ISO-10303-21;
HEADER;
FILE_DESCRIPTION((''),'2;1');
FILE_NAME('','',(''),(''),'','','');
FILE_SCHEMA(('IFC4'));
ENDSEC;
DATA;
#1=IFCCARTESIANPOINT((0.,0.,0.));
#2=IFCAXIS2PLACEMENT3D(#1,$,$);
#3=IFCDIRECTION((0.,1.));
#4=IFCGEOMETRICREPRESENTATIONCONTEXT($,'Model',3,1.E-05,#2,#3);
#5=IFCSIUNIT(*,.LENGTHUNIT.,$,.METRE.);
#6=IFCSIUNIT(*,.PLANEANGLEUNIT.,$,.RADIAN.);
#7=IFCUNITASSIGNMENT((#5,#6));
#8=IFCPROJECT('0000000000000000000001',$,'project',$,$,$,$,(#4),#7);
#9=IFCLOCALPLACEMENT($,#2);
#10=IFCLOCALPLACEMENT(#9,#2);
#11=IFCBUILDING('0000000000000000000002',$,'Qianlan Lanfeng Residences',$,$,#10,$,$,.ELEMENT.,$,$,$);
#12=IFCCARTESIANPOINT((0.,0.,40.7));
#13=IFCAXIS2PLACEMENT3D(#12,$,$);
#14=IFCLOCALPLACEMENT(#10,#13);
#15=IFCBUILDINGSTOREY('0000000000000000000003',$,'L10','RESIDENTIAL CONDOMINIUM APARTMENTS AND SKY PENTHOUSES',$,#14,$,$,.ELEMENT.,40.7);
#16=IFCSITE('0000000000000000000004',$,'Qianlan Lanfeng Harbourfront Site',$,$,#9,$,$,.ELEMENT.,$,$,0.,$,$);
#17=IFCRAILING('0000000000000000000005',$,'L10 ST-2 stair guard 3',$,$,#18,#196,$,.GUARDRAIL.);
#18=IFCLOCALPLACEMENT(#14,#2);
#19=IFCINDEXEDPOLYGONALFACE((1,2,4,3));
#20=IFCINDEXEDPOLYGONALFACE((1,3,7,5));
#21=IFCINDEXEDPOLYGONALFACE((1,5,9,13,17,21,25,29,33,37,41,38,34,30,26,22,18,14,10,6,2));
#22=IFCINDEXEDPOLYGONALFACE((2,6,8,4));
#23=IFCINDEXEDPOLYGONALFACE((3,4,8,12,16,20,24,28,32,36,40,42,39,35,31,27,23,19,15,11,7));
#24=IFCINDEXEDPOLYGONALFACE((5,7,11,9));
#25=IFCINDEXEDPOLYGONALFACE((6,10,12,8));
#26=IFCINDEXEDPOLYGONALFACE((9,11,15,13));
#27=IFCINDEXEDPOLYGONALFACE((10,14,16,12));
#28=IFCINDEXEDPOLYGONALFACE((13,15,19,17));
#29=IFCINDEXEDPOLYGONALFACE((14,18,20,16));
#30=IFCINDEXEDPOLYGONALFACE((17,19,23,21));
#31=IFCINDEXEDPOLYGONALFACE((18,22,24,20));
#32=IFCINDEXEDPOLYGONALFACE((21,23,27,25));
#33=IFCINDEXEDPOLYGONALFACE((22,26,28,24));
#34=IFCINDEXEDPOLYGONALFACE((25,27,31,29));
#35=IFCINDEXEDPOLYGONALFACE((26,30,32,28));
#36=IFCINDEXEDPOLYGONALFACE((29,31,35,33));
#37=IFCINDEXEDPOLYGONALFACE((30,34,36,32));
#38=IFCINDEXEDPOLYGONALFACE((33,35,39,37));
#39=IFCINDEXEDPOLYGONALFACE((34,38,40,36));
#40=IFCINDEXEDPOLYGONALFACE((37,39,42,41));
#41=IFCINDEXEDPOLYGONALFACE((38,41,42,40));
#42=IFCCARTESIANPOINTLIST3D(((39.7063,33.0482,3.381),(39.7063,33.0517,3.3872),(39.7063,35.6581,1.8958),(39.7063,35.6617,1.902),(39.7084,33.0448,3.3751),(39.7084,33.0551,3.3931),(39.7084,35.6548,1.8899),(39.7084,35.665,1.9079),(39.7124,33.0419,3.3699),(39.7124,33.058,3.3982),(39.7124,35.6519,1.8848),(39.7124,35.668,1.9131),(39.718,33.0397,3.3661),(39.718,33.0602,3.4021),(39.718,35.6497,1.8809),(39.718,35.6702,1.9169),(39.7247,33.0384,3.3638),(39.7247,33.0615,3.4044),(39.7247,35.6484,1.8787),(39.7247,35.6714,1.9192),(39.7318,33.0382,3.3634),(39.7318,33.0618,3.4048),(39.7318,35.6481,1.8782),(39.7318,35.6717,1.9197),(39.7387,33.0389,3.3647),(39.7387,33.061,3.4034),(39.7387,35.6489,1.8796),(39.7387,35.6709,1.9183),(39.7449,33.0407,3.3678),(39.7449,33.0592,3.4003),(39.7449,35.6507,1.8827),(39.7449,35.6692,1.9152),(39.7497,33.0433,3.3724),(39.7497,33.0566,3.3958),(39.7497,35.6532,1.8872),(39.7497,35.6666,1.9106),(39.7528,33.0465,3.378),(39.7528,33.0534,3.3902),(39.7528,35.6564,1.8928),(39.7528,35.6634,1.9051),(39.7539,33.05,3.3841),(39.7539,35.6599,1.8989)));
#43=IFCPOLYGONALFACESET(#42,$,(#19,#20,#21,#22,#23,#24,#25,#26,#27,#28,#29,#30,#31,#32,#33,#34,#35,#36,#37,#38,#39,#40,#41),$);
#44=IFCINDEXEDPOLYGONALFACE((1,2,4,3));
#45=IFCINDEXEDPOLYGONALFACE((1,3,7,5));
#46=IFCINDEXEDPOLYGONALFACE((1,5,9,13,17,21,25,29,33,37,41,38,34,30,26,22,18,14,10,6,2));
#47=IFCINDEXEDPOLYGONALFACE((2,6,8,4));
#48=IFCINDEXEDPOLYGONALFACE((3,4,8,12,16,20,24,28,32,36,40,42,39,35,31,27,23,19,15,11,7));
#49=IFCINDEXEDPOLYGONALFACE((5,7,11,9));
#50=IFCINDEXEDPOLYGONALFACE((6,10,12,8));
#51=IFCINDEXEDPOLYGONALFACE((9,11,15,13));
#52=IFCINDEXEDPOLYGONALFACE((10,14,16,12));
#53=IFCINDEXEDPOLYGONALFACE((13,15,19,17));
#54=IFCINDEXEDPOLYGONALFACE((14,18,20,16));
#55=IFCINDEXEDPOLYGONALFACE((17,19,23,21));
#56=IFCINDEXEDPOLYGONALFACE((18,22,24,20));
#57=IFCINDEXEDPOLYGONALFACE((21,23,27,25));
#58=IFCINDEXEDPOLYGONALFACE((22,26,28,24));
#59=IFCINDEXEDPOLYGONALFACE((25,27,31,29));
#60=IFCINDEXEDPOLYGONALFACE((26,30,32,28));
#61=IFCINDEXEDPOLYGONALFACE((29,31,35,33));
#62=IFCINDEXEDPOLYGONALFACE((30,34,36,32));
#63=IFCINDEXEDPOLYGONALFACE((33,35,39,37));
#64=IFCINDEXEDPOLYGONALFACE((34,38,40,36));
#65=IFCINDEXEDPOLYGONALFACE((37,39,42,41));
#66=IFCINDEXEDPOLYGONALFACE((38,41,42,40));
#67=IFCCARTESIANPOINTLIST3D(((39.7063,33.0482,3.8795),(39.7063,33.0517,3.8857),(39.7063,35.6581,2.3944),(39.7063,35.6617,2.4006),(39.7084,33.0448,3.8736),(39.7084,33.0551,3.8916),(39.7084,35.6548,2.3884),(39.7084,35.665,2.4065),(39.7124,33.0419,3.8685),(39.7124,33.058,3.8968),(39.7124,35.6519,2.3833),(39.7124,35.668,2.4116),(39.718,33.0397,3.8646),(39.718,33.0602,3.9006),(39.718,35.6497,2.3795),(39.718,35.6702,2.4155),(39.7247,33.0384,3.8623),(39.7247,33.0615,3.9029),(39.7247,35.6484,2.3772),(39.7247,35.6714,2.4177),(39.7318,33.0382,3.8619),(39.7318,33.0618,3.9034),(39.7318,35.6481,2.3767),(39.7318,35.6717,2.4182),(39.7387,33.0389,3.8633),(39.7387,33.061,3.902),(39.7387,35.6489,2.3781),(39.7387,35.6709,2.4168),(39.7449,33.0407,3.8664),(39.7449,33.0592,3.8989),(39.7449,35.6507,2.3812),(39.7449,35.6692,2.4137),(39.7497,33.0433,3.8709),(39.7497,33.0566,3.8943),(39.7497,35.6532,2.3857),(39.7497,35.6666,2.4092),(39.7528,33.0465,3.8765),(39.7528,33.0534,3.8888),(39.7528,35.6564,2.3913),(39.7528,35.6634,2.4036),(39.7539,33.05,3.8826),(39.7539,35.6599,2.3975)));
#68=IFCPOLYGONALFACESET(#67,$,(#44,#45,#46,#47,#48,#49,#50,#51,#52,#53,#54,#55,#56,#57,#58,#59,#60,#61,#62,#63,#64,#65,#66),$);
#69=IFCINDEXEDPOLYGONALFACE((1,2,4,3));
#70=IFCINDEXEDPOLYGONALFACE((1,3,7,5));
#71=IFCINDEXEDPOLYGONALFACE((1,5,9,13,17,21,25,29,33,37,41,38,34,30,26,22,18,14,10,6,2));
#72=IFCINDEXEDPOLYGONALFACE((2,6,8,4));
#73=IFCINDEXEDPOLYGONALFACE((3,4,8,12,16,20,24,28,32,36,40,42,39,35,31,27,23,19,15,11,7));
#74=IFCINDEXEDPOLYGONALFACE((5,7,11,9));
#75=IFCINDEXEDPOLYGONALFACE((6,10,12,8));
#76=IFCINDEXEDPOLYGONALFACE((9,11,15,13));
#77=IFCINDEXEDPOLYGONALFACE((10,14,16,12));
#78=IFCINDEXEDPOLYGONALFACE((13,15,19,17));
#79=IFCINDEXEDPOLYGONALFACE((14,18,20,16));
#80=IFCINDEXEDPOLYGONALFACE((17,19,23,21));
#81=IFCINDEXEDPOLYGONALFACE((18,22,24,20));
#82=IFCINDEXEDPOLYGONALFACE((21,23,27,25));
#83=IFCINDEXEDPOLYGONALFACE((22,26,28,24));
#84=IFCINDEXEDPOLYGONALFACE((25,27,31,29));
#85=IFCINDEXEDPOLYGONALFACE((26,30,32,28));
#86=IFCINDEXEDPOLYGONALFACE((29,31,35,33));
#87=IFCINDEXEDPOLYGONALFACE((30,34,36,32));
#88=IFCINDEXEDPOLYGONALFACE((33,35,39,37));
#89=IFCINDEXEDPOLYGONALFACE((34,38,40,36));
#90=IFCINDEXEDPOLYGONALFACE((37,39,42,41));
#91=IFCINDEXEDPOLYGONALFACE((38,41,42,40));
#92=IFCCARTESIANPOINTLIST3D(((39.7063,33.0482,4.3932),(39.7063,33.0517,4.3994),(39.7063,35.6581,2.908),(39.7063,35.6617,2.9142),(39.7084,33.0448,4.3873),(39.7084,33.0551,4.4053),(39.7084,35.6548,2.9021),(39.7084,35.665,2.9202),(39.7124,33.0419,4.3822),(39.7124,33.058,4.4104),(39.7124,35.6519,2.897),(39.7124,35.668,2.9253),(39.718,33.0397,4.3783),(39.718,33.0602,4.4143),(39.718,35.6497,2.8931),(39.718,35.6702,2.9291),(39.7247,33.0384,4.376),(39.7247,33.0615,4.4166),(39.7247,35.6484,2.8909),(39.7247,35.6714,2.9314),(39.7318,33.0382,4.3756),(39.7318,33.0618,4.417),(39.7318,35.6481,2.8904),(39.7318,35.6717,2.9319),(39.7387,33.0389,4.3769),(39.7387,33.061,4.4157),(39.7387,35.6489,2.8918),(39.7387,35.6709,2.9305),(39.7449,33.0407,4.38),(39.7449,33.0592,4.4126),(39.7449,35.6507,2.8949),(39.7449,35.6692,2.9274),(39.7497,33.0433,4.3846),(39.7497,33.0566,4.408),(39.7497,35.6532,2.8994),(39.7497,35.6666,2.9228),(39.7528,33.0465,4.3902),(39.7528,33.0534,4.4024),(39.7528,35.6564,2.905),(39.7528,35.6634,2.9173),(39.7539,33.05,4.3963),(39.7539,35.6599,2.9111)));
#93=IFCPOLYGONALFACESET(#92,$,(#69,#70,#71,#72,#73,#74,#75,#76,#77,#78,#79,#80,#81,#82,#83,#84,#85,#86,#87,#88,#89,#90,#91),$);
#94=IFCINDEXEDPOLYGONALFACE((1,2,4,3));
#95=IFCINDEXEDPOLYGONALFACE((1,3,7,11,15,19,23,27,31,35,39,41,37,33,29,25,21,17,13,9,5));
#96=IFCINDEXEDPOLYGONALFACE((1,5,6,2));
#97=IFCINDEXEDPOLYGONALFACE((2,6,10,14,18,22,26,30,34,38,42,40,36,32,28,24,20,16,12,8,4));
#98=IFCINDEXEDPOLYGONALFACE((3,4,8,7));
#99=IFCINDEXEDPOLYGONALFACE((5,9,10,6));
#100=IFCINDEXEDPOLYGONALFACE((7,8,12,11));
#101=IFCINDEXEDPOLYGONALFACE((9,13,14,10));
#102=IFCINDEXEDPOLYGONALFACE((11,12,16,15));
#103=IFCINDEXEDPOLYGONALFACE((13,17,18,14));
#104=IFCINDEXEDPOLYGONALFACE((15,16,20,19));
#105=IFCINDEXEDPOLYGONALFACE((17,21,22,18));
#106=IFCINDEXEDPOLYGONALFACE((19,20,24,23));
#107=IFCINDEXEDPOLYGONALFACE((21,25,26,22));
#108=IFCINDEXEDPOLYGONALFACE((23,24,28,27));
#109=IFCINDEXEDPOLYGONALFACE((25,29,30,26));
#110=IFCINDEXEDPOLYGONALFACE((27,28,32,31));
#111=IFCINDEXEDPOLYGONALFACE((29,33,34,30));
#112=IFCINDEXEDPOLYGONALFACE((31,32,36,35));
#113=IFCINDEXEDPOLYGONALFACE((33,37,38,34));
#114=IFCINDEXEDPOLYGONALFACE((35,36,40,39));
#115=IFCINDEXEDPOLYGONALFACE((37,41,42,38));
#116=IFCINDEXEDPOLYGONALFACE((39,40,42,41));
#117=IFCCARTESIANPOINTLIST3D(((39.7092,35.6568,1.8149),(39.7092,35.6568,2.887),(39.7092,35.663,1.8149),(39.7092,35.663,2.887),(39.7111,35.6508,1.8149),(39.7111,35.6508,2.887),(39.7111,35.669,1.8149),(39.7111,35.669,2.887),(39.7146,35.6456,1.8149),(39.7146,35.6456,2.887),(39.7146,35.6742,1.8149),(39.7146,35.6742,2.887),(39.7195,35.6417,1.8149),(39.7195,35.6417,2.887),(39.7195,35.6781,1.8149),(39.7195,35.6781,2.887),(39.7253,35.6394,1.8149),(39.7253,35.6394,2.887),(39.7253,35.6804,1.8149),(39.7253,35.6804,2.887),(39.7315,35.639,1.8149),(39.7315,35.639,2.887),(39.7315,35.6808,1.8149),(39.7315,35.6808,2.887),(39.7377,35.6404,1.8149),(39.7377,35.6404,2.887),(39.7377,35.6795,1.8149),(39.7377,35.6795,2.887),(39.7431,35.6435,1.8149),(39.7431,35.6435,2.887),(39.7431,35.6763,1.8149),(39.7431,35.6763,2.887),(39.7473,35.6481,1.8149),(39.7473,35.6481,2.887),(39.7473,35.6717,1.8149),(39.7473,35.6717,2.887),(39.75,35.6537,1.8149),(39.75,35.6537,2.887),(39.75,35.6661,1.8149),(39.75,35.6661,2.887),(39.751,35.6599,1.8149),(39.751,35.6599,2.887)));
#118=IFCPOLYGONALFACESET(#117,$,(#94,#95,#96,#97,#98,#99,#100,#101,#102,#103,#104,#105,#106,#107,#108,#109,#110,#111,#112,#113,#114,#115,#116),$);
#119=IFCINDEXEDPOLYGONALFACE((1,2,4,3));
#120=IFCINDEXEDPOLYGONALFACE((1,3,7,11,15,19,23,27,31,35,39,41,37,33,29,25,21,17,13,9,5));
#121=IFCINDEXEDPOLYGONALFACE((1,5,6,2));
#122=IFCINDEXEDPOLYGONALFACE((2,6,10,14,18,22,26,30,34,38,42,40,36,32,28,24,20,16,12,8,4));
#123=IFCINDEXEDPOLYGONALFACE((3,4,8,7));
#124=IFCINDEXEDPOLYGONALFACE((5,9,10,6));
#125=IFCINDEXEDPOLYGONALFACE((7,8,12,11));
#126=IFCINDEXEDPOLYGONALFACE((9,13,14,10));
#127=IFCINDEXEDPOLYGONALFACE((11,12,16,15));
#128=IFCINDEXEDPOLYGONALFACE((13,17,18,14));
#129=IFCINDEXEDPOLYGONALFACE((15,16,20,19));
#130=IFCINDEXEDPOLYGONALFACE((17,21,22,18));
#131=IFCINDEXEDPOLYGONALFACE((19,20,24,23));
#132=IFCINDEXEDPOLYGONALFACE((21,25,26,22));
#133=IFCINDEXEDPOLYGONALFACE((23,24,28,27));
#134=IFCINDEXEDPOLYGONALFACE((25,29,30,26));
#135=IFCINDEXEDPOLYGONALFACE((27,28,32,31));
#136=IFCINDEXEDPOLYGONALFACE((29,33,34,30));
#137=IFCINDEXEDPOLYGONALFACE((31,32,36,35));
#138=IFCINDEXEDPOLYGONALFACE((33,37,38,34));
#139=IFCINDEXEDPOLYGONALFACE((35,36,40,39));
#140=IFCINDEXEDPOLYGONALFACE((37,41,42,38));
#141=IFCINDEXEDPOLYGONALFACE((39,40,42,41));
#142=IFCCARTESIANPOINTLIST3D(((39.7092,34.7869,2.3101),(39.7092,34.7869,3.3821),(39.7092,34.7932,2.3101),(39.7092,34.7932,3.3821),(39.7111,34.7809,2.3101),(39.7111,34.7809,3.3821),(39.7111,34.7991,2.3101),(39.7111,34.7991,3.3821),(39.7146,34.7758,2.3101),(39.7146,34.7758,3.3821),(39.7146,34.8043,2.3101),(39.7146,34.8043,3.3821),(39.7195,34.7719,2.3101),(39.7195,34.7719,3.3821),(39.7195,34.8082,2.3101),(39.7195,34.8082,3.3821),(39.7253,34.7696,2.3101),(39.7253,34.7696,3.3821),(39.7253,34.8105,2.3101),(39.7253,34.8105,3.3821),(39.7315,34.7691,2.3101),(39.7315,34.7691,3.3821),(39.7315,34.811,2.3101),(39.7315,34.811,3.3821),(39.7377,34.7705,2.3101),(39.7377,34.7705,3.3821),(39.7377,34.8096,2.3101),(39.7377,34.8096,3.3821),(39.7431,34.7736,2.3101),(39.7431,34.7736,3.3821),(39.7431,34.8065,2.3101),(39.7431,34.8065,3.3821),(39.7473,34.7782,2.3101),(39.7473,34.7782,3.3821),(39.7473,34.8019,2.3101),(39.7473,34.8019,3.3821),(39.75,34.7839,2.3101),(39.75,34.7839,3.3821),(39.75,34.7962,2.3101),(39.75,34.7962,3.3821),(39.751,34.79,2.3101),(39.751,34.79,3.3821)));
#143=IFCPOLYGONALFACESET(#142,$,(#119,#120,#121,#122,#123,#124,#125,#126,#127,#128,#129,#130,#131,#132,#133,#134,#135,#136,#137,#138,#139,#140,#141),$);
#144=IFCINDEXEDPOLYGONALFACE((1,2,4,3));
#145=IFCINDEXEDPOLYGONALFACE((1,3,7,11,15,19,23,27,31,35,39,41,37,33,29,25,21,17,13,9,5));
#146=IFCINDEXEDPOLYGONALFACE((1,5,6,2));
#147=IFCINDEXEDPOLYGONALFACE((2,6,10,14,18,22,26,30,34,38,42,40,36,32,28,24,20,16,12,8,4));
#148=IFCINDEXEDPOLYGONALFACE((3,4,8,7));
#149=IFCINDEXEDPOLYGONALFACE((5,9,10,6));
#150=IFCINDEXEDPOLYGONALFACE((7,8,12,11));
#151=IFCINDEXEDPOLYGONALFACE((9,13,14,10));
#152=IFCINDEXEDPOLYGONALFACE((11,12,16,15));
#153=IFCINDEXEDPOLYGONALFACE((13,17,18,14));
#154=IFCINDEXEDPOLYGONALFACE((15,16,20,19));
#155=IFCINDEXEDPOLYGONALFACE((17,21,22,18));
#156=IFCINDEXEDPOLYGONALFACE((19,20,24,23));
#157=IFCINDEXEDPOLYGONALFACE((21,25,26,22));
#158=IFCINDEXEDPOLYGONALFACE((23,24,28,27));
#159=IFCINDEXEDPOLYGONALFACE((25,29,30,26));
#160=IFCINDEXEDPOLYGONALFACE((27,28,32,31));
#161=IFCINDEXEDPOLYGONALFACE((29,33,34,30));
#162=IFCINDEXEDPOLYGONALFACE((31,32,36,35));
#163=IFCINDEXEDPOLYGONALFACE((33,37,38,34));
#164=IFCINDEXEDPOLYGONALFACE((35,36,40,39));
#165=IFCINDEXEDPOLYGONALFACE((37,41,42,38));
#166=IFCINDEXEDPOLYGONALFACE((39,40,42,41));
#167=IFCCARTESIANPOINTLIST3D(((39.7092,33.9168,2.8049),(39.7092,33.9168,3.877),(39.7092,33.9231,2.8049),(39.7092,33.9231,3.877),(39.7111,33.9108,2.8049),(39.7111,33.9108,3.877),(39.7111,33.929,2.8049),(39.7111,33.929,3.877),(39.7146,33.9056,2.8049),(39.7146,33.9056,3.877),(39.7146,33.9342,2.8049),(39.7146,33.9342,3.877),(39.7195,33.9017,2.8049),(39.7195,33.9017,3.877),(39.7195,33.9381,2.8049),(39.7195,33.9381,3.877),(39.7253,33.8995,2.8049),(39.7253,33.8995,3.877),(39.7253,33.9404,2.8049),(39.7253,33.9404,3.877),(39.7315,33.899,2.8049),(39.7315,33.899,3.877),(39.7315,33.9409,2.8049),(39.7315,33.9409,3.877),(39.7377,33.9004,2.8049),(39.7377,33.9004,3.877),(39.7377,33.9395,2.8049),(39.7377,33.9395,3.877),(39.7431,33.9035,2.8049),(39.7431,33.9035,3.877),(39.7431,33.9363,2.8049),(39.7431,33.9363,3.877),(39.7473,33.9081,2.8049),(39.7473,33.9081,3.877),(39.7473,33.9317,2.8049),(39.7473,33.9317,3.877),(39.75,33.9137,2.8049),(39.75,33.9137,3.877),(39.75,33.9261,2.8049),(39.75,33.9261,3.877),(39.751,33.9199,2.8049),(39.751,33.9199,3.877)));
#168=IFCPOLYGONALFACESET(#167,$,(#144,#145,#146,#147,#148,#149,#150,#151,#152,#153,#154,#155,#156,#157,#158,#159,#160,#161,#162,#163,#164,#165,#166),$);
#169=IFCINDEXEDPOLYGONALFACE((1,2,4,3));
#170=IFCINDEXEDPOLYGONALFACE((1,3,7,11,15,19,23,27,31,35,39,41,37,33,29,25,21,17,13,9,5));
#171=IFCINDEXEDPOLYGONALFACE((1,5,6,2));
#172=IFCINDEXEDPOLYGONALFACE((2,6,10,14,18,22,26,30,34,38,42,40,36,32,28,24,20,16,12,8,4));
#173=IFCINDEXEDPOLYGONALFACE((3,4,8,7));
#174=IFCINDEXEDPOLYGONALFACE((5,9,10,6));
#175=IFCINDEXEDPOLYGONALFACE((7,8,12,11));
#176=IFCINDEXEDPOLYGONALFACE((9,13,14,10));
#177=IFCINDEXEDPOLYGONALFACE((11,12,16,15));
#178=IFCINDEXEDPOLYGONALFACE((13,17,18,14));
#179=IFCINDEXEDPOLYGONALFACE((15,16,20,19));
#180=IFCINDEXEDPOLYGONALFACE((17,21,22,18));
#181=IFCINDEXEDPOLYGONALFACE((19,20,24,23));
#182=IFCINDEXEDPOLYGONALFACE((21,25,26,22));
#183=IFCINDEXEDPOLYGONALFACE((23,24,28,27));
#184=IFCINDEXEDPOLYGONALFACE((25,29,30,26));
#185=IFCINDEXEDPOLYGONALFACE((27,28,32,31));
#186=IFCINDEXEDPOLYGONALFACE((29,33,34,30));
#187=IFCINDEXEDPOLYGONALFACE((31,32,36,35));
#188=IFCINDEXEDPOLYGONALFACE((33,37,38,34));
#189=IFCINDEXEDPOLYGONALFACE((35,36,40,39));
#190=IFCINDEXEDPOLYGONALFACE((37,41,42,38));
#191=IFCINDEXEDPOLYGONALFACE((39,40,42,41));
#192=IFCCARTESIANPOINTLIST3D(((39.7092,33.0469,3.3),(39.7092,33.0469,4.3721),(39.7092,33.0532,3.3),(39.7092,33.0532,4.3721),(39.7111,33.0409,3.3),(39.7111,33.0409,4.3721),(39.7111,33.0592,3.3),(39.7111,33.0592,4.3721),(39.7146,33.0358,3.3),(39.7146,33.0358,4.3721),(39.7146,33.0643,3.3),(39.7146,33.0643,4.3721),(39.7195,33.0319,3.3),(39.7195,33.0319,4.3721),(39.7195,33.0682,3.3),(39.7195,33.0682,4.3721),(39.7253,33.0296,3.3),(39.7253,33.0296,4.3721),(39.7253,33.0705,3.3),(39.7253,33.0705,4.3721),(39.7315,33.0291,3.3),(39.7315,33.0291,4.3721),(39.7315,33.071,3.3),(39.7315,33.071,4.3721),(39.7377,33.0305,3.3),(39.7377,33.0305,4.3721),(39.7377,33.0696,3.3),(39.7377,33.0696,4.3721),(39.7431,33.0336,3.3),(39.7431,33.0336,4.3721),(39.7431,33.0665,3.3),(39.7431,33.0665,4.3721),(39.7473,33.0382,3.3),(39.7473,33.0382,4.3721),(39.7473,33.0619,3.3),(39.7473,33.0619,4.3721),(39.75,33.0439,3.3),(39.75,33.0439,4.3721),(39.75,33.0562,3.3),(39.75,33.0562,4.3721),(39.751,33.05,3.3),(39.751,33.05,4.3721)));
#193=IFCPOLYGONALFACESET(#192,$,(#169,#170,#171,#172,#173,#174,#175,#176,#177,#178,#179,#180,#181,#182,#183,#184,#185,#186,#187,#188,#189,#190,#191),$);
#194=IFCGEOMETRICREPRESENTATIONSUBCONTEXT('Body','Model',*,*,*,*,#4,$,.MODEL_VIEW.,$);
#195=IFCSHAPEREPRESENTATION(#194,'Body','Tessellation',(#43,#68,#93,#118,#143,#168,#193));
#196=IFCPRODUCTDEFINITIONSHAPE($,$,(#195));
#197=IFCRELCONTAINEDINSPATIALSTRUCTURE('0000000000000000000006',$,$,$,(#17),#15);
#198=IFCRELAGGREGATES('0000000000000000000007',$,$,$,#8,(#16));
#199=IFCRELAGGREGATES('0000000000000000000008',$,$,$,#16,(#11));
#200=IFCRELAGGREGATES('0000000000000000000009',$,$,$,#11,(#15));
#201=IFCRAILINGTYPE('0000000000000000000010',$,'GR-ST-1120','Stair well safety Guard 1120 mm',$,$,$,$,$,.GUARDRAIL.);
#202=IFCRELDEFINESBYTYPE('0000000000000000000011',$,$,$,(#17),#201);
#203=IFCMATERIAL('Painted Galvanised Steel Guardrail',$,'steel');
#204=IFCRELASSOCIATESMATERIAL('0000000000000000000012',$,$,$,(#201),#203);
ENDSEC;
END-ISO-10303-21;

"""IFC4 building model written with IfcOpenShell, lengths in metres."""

from ifc_helpers import new_model, si_unit, direction, frame, origin, origin_2d, place, context, subcontext, project, spatial, circle, extrude, material, type_object, element, save


model = new_model("IFC4")

# Units and contexts
model_context = context("Model", 3, precision=1e-05, world=origin(), true_north=direction((0.0, 1.0)))
body_context = subcontext(model_context, "Body", "Model", "MODEL_VIEW")
ifc_project = project(units=[si_unit("LENGTHUNIT", "METRE"), si_unit("PLANEANGLEUNIT", "RADIAN")], contexts=[model_context])

# Site, building, storey
site_placement = place(None, origin())
site = spatial("IfcSite", under=ifc_project, at=site_placement, Name="Qianlan Lanfeng Harbourfront Site", CompositionType="ELEMENT", RefElevation=0.0)
building_placement = place(site_placement, origin())
building = spatial("IfcBuilding", under=site, at=building_placement, Name="Qianlan Lanfeng Residences", CompositionType="ELEMENT")
storey_placement = place(building_placement, frame((0.0, 0.0, 40.7)))
storey = spatial("IfcBuildingStorey", under=building, at=storey_placement, Name="L10", Description="RESIDENTIAL CONDOMINIUM APARTMENTS AND SKY PENTHOUSES", CompositionType="ELEMENT", Elevation=40.7)

# Railing
ifc_material_1 = material(Name="Painted Galvanised Steel Guardrail", Category="steel")
railing_type_1 = type_object("IfcRailingType", Name="GR-ST-1120", Description="Stair well safety Guard 1120 mm", PredefinedType="GUARDRAIL", material=ifc_material_1)
railing_1_placement = place(storey_placement, frame((39.73, 35.6599, 1.8149)))
element("IfcRailing", 1, at=railing_1_placement, inside=storey, type_object=railing_type_1, Name="L10 ST-2 stair guard 3", PredefinedType="GUARDRAIL", context=body_context, shape_type="SweptSolid", body=[
    extrude(circle(Radius=0.0239, at=origin_2d()), frame((0.0, 0.0, 0.084), z_axis=(0.0, -0.869137, 0.494571), x_axis=(1.0, 0.0, 0.0)), (0.0, 0.0, 1.0), 3.0029),
    extrude(circle(Radius=0.0239, at=origin_2d()), frame((0.0, 0.0, 0.5825), z_axis=(0.0, -0.869137, 0.494571), x_axis=(1.0, 0.0, 0.0)), (0.0, 0.0, 1.0), 3.0029),
    extrude(circle(Radius=0.0239, at=origin_2d()), frame((0.0, 0.0, 1.0962), z_axis=(0.0, -0.869137, 0.494571), x_axis=(1.0, 0.0, 0.0)), (0.0, 0.0, 1.0), 3.0029),
    extrude(circle(Radius=0.021, at=origin_2d()), origin(), (0.0, 0.0, 1.0), 1.072),
    extrude(circle(Radius=0.021, at=origin_2d()), frame((0.0, -0.8699, 0.4951)), (0.0, 0.0, 1.0), 1.072),
    extrude(circle(Radius=0.021, at=origin_2d()), frame((0.0, -1.74, 0.99)), (0.0, 0.0, 1.0), 1.072),
    extrude(circle(Radius=0.021, at=origin_2d()), frame((0.0, -2.6099, 1.4851)), (0.0, 0.0, 1.0), 1.072),
])

save(model, "model.ifc")
